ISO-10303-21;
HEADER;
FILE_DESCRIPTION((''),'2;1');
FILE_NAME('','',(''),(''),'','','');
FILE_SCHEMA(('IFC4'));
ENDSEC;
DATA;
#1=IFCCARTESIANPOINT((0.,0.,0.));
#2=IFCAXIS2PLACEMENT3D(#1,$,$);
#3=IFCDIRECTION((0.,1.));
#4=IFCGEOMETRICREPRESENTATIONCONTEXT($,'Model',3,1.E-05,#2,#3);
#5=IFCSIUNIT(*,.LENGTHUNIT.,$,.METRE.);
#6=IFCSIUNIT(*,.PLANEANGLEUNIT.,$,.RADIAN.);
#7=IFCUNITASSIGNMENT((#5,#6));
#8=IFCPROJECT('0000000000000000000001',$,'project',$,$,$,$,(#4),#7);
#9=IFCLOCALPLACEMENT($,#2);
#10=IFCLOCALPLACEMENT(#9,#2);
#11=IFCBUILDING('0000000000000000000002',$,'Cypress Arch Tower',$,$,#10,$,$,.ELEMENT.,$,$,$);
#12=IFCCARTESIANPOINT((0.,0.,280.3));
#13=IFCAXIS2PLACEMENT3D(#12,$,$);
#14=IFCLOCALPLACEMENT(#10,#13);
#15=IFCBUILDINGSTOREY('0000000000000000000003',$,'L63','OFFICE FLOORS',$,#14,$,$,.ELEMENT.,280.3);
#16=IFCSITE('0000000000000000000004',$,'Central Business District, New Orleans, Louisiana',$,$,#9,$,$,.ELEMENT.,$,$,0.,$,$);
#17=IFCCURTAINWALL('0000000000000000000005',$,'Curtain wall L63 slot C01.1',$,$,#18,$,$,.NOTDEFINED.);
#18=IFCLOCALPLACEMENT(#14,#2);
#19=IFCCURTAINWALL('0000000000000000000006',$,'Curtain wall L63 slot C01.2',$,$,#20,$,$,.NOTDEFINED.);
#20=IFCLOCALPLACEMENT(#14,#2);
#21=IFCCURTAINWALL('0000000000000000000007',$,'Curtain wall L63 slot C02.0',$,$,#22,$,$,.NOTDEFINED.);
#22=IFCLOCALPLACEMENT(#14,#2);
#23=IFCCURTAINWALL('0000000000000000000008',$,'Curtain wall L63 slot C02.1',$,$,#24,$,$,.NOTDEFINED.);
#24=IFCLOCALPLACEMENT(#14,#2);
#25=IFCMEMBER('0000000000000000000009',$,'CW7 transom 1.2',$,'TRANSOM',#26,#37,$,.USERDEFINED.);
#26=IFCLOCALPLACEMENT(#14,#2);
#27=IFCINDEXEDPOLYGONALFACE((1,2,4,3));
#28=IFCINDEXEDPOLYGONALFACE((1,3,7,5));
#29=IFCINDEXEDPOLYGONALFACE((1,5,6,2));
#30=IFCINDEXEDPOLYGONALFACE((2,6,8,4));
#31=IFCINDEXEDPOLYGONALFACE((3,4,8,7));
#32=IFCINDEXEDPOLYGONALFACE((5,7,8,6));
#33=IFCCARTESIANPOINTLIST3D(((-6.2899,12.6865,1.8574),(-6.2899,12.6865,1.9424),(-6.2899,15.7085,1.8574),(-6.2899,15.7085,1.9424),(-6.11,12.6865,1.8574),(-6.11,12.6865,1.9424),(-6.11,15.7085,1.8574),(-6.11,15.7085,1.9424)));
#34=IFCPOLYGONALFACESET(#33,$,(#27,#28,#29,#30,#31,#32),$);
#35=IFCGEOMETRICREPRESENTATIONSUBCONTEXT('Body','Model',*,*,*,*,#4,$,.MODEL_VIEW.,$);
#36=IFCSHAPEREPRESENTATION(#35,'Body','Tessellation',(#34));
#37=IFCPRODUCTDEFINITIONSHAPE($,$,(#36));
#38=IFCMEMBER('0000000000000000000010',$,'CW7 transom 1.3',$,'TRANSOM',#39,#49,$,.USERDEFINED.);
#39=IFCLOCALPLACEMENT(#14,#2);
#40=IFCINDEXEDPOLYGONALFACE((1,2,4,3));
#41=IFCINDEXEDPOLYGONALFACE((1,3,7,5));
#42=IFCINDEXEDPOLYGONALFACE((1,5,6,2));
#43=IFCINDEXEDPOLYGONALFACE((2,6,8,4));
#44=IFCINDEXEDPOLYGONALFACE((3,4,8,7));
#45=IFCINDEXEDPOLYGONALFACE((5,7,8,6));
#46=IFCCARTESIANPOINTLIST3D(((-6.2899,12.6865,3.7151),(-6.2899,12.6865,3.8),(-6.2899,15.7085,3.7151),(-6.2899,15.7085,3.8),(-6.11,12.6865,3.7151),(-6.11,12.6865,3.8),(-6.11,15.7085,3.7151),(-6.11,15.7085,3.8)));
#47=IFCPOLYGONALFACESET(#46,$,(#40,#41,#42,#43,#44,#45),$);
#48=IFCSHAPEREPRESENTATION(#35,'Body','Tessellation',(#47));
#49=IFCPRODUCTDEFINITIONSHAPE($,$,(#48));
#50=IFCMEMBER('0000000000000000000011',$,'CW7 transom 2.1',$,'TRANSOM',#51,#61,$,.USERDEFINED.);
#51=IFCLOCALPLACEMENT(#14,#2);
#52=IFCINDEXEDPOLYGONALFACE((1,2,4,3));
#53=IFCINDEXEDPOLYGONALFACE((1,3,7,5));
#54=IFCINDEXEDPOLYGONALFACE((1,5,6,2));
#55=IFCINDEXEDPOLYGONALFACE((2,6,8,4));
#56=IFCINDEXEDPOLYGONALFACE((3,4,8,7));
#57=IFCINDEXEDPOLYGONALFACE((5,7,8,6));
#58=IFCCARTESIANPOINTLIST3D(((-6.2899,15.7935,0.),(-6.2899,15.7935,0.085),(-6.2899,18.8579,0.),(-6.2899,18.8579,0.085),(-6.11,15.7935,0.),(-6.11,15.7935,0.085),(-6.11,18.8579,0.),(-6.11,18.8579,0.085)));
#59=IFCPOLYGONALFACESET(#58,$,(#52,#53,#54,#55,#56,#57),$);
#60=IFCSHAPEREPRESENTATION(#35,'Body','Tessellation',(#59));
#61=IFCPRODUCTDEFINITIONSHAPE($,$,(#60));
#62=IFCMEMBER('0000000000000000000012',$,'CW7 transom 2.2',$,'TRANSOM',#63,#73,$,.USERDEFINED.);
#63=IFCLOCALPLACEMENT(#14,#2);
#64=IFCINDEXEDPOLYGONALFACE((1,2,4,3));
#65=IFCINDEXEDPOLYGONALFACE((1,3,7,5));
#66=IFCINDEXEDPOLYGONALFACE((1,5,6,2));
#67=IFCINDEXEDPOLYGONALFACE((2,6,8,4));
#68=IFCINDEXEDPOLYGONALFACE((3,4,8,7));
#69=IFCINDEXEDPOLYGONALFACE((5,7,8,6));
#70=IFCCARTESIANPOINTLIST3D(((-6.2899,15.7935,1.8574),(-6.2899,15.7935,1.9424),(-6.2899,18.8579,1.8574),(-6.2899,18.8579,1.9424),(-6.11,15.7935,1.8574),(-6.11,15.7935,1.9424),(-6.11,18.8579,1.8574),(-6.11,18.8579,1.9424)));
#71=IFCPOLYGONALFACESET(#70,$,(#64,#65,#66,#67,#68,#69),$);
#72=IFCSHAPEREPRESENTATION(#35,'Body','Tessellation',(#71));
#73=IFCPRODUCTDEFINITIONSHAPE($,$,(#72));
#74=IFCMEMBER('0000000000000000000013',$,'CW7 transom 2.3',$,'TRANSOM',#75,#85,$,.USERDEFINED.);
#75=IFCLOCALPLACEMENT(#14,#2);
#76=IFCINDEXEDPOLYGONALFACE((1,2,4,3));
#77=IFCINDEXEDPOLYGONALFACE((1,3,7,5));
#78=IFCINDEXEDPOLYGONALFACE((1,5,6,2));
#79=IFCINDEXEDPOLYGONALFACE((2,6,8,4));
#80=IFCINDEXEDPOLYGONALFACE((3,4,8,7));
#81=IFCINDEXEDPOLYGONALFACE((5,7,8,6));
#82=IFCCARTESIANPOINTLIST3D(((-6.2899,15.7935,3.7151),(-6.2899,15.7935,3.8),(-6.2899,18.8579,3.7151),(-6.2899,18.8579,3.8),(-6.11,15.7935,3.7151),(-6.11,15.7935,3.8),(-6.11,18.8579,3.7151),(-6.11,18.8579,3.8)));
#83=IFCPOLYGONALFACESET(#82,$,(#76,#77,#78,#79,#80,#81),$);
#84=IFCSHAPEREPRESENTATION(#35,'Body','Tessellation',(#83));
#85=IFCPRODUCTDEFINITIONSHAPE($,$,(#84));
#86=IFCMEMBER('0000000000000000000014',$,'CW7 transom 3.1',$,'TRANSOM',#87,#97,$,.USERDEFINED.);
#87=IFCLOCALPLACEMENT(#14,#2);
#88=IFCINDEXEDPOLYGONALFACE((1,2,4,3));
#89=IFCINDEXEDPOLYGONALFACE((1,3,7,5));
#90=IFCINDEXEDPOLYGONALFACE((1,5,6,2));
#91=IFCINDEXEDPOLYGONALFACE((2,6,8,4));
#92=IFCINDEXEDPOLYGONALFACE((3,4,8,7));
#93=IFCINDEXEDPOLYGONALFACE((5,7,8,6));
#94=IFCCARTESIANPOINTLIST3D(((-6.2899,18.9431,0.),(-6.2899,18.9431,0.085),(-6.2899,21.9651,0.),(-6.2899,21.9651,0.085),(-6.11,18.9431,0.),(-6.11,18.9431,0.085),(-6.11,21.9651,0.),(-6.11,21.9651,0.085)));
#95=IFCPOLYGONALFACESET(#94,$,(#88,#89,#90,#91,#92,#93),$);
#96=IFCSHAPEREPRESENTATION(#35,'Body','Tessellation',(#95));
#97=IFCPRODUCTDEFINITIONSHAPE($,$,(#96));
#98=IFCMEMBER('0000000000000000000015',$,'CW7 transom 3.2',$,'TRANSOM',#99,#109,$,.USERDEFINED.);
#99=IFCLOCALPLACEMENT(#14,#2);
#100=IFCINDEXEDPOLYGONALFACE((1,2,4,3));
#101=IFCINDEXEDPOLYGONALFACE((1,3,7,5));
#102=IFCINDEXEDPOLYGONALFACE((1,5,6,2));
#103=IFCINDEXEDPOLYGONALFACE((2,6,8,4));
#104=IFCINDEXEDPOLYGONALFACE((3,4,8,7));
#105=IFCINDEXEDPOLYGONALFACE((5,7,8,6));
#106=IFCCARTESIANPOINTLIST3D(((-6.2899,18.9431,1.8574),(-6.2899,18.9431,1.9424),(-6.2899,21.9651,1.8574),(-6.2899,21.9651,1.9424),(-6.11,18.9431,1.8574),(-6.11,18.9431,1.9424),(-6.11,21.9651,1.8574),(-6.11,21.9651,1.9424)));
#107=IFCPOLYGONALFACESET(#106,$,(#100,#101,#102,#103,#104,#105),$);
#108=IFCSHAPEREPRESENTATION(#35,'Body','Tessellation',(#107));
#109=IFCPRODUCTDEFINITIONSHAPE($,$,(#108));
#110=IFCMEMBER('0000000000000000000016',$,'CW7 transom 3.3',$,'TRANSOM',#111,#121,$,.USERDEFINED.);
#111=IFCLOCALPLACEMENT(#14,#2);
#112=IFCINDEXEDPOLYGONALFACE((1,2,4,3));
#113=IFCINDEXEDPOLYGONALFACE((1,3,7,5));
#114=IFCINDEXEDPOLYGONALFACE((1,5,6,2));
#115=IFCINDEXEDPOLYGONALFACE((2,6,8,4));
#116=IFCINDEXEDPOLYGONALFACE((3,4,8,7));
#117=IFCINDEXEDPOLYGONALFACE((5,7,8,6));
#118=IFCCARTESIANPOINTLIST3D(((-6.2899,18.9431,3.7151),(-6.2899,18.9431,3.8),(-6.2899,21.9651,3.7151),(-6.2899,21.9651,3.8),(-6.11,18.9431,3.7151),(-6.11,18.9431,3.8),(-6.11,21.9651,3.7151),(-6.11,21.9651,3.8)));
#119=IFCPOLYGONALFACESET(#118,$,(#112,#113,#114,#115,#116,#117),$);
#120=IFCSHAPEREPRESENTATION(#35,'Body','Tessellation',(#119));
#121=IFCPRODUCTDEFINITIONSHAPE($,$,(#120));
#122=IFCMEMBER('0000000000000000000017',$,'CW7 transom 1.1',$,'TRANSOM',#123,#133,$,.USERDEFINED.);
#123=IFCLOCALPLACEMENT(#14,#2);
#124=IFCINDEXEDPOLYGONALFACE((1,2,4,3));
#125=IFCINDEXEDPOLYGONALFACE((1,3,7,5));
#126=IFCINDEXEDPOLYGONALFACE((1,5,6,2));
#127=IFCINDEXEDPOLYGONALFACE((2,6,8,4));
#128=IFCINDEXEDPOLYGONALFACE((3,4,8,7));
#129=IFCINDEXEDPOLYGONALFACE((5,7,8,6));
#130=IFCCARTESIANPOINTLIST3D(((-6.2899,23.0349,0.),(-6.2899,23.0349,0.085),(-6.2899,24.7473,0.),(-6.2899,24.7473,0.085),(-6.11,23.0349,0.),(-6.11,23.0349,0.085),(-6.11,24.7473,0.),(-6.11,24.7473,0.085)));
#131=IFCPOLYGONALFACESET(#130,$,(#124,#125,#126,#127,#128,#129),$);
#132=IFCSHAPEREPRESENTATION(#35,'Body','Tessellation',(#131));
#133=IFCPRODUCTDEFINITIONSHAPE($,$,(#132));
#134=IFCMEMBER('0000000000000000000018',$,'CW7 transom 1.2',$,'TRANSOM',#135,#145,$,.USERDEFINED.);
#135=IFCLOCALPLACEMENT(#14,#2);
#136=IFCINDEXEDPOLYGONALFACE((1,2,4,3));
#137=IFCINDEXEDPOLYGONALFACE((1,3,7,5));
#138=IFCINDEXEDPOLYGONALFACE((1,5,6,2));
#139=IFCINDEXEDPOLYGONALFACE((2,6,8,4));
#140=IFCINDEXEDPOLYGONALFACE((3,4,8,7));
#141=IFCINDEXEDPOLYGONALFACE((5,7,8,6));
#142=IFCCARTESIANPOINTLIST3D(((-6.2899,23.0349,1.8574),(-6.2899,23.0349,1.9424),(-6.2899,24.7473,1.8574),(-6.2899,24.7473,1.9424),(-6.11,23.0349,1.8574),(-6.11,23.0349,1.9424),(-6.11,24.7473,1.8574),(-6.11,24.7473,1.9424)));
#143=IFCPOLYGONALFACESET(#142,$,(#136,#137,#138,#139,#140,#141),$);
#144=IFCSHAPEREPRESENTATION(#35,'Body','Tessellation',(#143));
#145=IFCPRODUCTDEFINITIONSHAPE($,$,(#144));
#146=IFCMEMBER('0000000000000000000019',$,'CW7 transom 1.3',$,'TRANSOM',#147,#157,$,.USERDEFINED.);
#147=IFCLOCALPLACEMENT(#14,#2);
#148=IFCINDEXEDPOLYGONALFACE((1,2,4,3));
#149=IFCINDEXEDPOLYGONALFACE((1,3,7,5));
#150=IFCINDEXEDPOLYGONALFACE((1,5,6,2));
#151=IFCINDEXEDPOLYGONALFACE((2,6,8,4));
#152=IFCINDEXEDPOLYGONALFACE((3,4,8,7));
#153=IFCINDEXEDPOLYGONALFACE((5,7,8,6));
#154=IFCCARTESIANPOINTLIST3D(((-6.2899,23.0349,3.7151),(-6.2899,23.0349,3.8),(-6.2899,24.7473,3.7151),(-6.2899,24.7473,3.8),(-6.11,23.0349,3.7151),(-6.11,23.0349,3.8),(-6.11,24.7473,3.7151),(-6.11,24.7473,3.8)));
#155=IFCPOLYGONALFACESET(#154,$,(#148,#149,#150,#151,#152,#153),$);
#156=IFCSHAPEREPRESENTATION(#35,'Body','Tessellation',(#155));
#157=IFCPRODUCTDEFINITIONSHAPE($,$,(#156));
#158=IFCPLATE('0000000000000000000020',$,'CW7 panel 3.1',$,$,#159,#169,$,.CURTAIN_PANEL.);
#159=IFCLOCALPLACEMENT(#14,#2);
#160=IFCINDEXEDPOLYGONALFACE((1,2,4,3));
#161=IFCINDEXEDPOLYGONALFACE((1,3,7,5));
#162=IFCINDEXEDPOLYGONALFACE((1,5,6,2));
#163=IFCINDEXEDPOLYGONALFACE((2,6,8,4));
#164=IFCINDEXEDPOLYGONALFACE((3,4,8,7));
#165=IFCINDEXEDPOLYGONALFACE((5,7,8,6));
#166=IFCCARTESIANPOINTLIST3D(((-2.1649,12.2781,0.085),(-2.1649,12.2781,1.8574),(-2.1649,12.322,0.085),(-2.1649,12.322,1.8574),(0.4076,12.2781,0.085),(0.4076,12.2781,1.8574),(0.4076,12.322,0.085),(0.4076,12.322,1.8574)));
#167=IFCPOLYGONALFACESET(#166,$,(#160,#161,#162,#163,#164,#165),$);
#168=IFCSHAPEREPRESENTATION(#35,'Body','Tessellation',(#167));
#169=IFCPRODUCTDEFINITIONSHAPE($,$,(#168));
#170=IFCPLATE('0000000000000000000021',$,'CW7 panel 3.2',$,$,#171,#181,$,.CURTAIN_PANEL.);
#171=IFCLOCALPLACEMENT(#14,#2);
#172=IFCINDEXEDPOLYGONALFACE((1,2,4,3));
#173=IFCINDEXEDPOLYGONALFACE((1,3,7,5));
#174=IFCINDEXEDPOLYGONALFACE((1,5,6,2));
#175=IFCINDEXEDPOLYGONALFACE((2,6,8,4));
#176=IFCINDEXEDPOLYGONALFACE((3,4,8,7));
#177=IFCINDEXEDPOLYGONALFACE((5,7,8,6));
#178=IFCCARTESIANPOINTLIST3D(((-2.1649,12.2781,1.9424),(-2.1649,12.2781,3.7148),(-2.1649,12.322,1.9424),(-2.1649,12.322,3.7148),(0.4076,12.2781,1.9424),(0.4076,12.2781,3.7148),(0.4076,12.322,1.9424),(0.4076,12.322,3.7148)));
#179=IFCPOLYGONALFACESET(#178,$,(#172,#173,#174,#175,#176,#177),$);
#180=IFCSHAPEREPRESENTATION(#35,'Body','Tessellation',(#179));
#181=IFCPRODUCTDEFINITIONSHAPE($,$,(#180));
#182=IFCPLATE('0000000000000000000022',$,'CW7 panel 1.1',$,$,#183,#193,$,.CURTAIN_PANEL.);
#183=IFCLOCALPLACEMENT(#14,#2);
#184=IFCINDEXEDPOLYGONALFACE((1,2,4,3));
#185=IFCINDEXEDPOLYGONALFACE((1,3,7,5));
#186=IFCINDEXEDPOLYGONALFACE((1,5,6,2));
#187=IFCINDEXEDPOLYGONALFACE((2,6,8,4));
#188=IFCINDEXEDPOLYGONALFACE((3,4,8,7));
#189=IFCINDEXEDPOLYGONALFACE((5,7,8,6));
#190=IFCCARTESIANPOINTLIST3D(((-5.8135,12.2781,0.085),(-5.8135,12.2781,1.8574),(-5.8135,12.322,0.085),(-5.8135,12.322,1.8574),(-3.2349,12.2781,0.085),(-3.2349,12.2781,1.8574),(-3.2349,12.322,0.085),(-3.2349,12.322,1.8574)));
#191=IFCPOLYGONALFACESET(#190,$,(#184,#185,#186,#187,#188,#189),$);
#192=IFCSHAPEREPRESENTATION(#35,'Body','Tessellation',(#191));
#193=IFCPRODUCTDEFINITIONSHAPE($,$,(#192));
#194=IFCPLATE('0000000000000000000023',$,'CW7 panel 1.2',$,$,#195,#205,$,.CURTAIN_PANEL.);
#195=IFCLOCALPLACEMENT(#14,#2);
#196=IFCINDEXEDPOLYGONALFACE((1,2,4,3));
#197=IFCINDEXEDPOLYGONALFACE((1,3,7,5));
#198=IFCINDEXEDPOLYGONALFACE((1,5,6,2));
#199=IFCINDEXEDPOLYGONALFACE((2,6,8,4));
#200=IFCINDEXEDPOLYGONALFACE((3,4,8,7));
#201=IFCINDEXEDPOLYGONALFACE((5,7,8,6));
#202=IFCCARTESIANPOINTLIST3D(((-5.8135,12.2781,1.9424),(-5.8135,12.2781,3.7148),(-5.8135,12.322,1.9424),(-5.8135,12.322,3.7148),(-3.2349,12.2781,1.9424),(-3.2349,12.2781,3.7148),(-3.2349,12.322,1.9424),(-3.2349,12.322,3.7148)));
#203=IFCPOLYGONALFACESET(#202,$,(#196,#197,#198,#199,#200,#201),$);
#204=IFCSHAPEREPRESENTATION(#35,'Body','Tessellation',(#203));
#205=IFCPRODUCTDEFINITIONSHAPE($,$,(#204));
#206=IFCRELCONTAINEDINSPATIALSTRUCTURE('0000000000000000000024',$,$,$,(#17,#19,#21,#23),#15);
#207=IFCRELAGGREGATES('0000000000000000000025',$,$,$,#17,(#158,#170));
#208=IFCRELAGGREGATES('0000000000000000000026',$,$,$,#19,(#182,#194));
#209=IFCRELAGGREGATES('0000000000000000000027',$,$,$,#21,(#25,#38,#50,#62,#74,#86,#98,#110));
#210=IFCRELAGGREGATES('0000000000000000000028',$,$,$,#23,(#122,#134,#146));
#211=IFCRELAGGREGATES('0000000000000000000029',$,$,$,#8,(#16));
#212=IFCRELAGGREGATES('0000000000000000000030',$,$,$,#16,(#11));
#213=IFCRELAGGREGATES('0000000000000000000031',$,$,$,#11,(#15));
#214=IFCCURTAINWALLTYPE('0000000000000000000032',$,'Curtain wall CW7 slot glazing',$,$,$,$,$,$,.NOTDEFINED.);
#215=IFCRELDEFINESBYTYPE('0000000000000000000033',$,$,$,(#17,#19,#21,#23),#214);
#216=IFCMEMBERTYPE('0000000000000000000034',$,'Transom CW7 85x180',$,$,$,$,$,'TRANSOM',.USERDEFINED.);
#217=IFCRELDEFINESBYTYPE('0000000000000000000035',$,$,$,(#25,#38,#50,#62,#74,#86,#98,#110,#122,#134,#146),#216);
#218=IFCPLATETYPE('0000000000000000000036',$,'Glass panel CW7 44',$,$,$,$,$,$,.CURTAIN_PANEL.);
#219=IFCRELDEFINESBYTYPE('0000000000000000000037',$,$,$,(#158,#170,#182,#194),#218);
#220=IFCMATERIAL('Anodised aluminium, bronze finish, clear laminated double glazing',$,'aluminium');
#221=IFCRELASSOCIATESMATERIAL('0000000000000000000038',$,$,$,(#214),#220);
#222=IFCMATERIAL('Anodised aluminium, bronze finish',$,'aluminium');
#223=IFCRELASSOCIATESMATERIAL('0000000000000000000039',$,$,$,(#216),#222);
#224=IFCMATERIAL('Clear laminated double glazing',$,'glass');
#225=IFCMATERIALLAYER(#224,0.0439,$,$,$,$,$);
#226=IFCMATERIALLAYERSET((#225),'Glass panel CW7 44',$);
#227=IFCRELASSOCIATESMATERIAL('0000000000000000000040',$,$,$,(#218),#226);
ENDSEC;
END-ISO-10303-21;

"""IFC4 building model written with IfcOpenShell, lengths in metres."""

from ifc_helpers import new_model, si_unit, direction, frame, origin, origin_2d, place, context, subcontext, project, spatial, rectangle, extrude, material, layer, layer_set, material_profile, profile_set, type_object, element, aggregate, save


model = new_model("IFC4")

# Units and contexts
model_context = context("Model", 3, precision=1e-05, world=origin(), true_north=direction((0.0, 1.0)))
body_context = subcontext(model_context, "Body", "Model", "MODEL_VIEW")
ifc_project = project(units=[si_unit("LENGTHUNIT", "METRE"), si_unit("PLANEANGLEUNIT", "RADIAN")], contexts=[model_context])

# Site, building, storey
site_placement = place(None, origin())
site = spatial("IfcSite", under=ifc_project, at=site_placement, Name="Central Business District, New Orleans, Louisiana", CompositionType="ELEMENT", RefElevation=0.0)
building_placement = place(site_placement, origin())
building = spatial("IfcBuilding", under=site, at=building_placement, Name="Cypress Arch Tower", CompositionType="ELEMENT")
storey_placement = place(building_placement, frame((0.0, 0.0, 280.3)))
storey = spatial("IfcBuildingStorey", under=building, at=storey_placement, Name="L63", Description="OFFICE FLOORS", CompositionType="ELEMENT", Elevation=280.3)

# Curtain wall
ifc_material_1 = material(Name="Anodised aluminium, bronze finish, clear laminated double glazing", Category="aluminium")
curtain_wall_type = type_object("IfcCurtainWallType", Name="Curtain wall CW7 slot glazing", PredefinedType="NOTDEFINED", material=ifc_material_1)
curtain_wall_1_placement = place(storey_placement, origin())
curtain_wall_1 = element("IfcCurtainWall", 1, at=curtain_wall_1_placement, inside=storey, type_object=curtain_wall_type, Name="Curtain wall L63 slot C01.1", PredefinedType="NOTDEFINED")

# Curtain walls
curtain_wall_2_placement = place(storey_placement, origin())
curtain_wall_2 = element("IfcCurtainWall", 2, at=curtain_wall_2_placement, inside=storey, type_object=curtain_wall_type, Name="Curtain wall L63 slot C01.2", PredefinedType="NOTDEFINED")
curtain_wall_3_placement = place(storey_placement, origin())
curtain_wall_3 = element("IfcCurtainWall", 3, at=curtain_wall_3_placement, inside=storey, type_object=curtain_wall_type, Name="Curtain wall L63 slot C02.0", PredefinedType="NOTDEFINED")
curtain_wall_4_placement = place(storey_placement, origin())
curtain_wall_4 = element("IfcCurtainWall", 4, at=curtain_wall_4_placement, inside=storey, type_object=curtain_wall_type, Name="Curtain wall L63 slot C02.1", PredefinedType="NOTDEFINED")

# Members
ifc_material_2 = material(Name="Anodised aluminium, bronze finish", Category="aluminium")
ifc_material_profile_1 = material_profile(ifc_material_2, rectangle(XDim=0.1799, YDim=0.085, at=origin_2d()), Name="Transom 85x180")
ifc_profile_set_1 = profile_set([ifc_material_profile_1], Name="Anodised aluminium, bronze finish")
member_type_1 = type_object("IfcMemberType", Name="Transom CW7 85x180", ElementType="TRANSOM", PredefinedType="USERDEFINED", material=ifc_profile_set_1)
member_1_placement = place(storey_placement, frame((-6.2, 12.6865, 1.8999), z_axis=(0.0, 1.0, 0.0), x_axis=(-1.0, 0.0, 0.0)))
member_1 = element("IfcMember", 5, at=member_1_placement, type_object=member_type_1, Name="CW7 transom 1.2", ObjectType="TRANSOM", PredefinedType="USERDEFINED", context=body_context, shape_type="SweptSolid", body=[
    extrude(rectangle(XDim=0.1799, YDim=0.085, at=origin_2d()), origin(), (0.0, 0.0, 1.0), 3.022),
])
member_2_placement = place(storey_placement, frame((-6.2, 12.6865, 3.7576), z_axis=(0.0, 1.0, 0.0), x_axis=(-1.0, 0.0, 0.0)))
member_2 = element("IfcMember", 6, at=member_2_placement, type_object=member_type_1, Name="CW7 transom 1.3", ObjectType="TRANSOM", PredefinedType="USERDEFINED", context=body_context, shape_type="SweptSolid", body=[
    extrude(rectangle(XDim=0.1799, YDim=0.085, at=origin_2d()), origin(), (0.0, 0.0, 1.0), 3.022),
])
member_3_placement = place(storey_placement, frame((-6.2, 15.7935, 0.0425), z_axis=(0.0, 1.0, 0.0), x_axis=(-1.0, 0.0, 0.0)))
member_3 = element("IfcMember", 7, at=member_3_placement, type_object=member_type_1, Name="CW7 transom 2.1", ObjectType="TRANSOM", PredefinedType="USERDEFINED", context=body_context, shape_type="SweptSolid", body=[
    extrude(rectangle(XDim=0.1799, YDim=0.085, at=origin_2d()), origin(), (0.0, 0.0, 1.0), 3.0645),
])
member_4_placement = place(storey_placement, frame((-6.2, 15.7935, 1.8999), z_axis=(0.0, 1.0, 0.0), x_axis=(-1.0, 0.0, 0.0)))
member_4 = element("IfcMember", 8, at=member_4_placement, type_object=member_type_1, Name="CW7 transom 2.2", ObjectType="TRANSOM", PredefinedType="USERDEFINED", context=body_context, shape_type="SweptSolid", body=[
    extrude(rectangle(XDim=0.1799, YDim=0.085, at=origin_2d()), origin(), (0.0, 0.0, 1.0), 3.0645),
])
member_5_placement = place(storey_placement, frame((-6.2, 15.7935, 3.7576), z_axis=(0.0, 1.0, 0.0), x_axis=(-1.0, 0.0, 0.0)))
member_5 = element("IfcMember", 9, at=member_5_placement, type_object=member_type_1, Name="CW7 transom 2.3", ObjectType="TRANSOM", PredefinedType="USERDEFINED", context=body_context, shape_type="SweptSolid", body=[
    extrude(rectangle(XDim=0.1799, YDim=0.085, at=origin_2d()), origin(), (0.0, 0.0, 1.0), 3.0645),
])
member_6_placement = place(storey_placement, frame((-6.2, 18.9431, 0.0425), z_axis=(0.0, 1.0, 0.0), x_axis=(-1.0, 0.0, 0.0)))
member_6 = element("IfcMember", 10, at=member_6_placement, type_object=member_type_1, Name="CW7 transom 3.1", ObjectType="TRANSOM", PredefinedType="USERDEFINED", context=body_context, shape_type="SweptSolid", body=[
    extrude(rectangle(XDim=0.1799, YDim=0.085, at=origin_2d()), origin(), (0.0, 0.0, 1.0), 3.022),
])
member_7_placement = place(storey_placement, frame((-6.2, 18.9431, 1.8999), z_axis=(0.0, 1.0, 0.0), x_axis=(-1.0, 0.0, 0.0)))
member_7 = element("IfcMember", 11, at=member_7_placement, type_object=member_type_1, Name="CW7 transom 3.2", ObjectType="TRANSOM", PredefinedType="USERDEFINED", context=body_context, shape_type="SweptSolid", body=[
    extrude(rectangle(XDim=0.1799, YDim=0.085, at=origin_2d()), origin(), (0.0, 0.0, 1.0), 3.022),
])
member_8_placement = place(storey_placement, frame((-6.2, 18.9431, 3.7576), z_axis=(0.0, 1.0, 0.0), x_axis=(-1.0, 0.0, 0.0)))
member_8 = element("IfcMember", 12, at=member_8_placement, type_object=member_type_1, Name="CW7 transom 3.3", ObjectType="TRANSOM", PredefinedType="USERDEFINED", context=body_context, shape_type="SweptSolid", body=[
    extrude(rectangle(XDim=0.1799, YDim=0.085, at=origin_2d()), origin(), (0.0, 0.0, 1.0), 3.022),
])
member_9_placement = place(storey_placement, frame((-6.2, 23.0349, 0.0425), z_axis=(0.0, 1.0, 0.0), x_axis=(-1.0, 0.0, 0.0)))
member_9 = element("IfcMember", 13, at=member_9_placement, type_object=member_type_1, Name="CW7 transom 1.1", ObjectType="TRANSOM", PredefinedType="USERDEFINED", context=body_context, shape_type="SweptSolid", body=[
    extrude(rectangle(XDim=0.1799, YDim=0.085, at=origin_2d()), origin(), (0.0, 0.0, 1.0), 1.7124),
])
member_10_placement = place(storey_placement, frame((-6.2, 23.0349, 1.8999), z_axis=(0.0, 1.0, 0.0), x_axis=(-1.0, 0.0, 0.0)))
member_10 = element("IfcMember", 14, at=member_10_placement, type_object=member_type_1, Name="CW7 transom 1.2", ObjectType="TRANSOM", PredefinedType="USERDEFINED", context=body_context, shape_type="SweptSolid", body=[
    extrude(rectangle(XDim=0.1799, YDim=0.085, at=origin_2d()), origin(), (0.0, 0.0, 1.0), 1.7124),
])
member_11_placement = place(storey_placement, frame((-6.2, 23.0349, 3.7576), z_axis=(0.0, 1.0, 0.0), x_axis=(-1.0, 0.0, 0.0)))
member_11 = element("IfcMember", 15, at=member_11_placement, type_object=member_type_1, Name="CW7 transom 1.3", ObjectType="TRANSOM", PredefinedType="USERDEFINED", context=body_context, shape_type="SweptSolid", body=[
    extrude(rectangle(XDim=0.1799, YDim=0.085, at=origin_2d()), origin(), (0.0, 0.0, 1.0), 1.7124),
])

# Plates
ifc_material_3 = material(Name="Clear laminated double glazing", Category="glass")
ifc_layer = layer(ifc_material_3, 0.0439)
ifc_layer_set = layer_set([ifc_layer], Name="Glass panel CW7 44")
plate_type = type_object("IfcPlateType", Name="Glass panel CW7 44", PredefinedType="CURTAIN_PANEL", material=ifc_layer_set)
plate_1_placement = place(storey_placement, frame((-0.8787, 12.3, 0.085), z_axis=(0.0, 0.0, 1.0), x_axis=(-1.0, 0.0, 0.0)))
plate_1 = element("IfcPlate", 16, at=plate_1_placement, type_object=plate_type, Name="CW7 panel 3.1", PredefinedType="CURTAIN_PANEL", context=body_context, shape_type="SweptSolid", body=[
    extrude(rectangle(XDim=2.5725, YDim=0.0439, at=origin_2d()), origin(), (0.0, 0.0, 1.0), 1.7725),
])
plate_2_placement = place(storey_placement, frame((-0.8787, 12.3, 1.9424), z_axis=(0.0, 0.0, 1.0), x_axis=(-1.0, 0.0, 0.0)))
plate_2 = element("IfcPlate", 17, at=plate_2_placement, type_object=plate_type, Name="CW7 panel 3.2", PredefinedType="CURTAIN_PANEL", context=body_context, shape_type="SweptSolid", body=[
    extrude(rectangle(XDim=2.5725, YDim=0.0439, at=origin_2d()), origin(), (0.0, 0.0, 1.0), 1.7725),
])
aggregate(curtain_wall_1, [plate_1, plate_2])
plate_3_placement = place(storey_placement, frame((-4.5242, 12.3, 0.085), z_axis=(0.0, 0.0, 1.0), x_axis=(-1.0, 0.0, 0.0)))
plate_3 = element("IfcPlate", 18, at=plate_3_placement, type_object=plate_type, Name="CW7 panel 1.1", PredefinedType="CURTAIN_PANEL", context=body_context, shape_type="SweptSolid", body=[
    extrude(rectangle(XDim=2.5786, YDim=0.0439, at=origin_2d()), origin(), (0.0, 0.0, 1.0), 1.7725),
])
plate_4_placement = place(storey_placement, frame((-4.5242, 12.3, 1.9424), z_axis=(0.0, 0.0, 1.0), x_axis=(-1.0, 0.0, 0.0)))
plate_4 = element("IfcPlate", 19, at=plate_4_placement, type_object=plate_type, Name="CW7 panel 1.2", PredefinedType="CURTAIN_PANEL", context=body_context, shape_type="SweptSolid", body=[
    extrude(rectangle(XDim=2.5786, YDim=0.0439, at=origin_2d()), origin(), (0.0, 0.0, 1.0), 1.7725),
])
aggregate(curtain_wall_2, [plate_3, plate_4])
aggregate(curtain_wall_3, [member_1, member_2, member_3, member_4, member_5, member_6, member_7, member_8])
aggregate(curtain_wall_4, [member_9, member_10, member_11])

save(model, "model.ifc")
